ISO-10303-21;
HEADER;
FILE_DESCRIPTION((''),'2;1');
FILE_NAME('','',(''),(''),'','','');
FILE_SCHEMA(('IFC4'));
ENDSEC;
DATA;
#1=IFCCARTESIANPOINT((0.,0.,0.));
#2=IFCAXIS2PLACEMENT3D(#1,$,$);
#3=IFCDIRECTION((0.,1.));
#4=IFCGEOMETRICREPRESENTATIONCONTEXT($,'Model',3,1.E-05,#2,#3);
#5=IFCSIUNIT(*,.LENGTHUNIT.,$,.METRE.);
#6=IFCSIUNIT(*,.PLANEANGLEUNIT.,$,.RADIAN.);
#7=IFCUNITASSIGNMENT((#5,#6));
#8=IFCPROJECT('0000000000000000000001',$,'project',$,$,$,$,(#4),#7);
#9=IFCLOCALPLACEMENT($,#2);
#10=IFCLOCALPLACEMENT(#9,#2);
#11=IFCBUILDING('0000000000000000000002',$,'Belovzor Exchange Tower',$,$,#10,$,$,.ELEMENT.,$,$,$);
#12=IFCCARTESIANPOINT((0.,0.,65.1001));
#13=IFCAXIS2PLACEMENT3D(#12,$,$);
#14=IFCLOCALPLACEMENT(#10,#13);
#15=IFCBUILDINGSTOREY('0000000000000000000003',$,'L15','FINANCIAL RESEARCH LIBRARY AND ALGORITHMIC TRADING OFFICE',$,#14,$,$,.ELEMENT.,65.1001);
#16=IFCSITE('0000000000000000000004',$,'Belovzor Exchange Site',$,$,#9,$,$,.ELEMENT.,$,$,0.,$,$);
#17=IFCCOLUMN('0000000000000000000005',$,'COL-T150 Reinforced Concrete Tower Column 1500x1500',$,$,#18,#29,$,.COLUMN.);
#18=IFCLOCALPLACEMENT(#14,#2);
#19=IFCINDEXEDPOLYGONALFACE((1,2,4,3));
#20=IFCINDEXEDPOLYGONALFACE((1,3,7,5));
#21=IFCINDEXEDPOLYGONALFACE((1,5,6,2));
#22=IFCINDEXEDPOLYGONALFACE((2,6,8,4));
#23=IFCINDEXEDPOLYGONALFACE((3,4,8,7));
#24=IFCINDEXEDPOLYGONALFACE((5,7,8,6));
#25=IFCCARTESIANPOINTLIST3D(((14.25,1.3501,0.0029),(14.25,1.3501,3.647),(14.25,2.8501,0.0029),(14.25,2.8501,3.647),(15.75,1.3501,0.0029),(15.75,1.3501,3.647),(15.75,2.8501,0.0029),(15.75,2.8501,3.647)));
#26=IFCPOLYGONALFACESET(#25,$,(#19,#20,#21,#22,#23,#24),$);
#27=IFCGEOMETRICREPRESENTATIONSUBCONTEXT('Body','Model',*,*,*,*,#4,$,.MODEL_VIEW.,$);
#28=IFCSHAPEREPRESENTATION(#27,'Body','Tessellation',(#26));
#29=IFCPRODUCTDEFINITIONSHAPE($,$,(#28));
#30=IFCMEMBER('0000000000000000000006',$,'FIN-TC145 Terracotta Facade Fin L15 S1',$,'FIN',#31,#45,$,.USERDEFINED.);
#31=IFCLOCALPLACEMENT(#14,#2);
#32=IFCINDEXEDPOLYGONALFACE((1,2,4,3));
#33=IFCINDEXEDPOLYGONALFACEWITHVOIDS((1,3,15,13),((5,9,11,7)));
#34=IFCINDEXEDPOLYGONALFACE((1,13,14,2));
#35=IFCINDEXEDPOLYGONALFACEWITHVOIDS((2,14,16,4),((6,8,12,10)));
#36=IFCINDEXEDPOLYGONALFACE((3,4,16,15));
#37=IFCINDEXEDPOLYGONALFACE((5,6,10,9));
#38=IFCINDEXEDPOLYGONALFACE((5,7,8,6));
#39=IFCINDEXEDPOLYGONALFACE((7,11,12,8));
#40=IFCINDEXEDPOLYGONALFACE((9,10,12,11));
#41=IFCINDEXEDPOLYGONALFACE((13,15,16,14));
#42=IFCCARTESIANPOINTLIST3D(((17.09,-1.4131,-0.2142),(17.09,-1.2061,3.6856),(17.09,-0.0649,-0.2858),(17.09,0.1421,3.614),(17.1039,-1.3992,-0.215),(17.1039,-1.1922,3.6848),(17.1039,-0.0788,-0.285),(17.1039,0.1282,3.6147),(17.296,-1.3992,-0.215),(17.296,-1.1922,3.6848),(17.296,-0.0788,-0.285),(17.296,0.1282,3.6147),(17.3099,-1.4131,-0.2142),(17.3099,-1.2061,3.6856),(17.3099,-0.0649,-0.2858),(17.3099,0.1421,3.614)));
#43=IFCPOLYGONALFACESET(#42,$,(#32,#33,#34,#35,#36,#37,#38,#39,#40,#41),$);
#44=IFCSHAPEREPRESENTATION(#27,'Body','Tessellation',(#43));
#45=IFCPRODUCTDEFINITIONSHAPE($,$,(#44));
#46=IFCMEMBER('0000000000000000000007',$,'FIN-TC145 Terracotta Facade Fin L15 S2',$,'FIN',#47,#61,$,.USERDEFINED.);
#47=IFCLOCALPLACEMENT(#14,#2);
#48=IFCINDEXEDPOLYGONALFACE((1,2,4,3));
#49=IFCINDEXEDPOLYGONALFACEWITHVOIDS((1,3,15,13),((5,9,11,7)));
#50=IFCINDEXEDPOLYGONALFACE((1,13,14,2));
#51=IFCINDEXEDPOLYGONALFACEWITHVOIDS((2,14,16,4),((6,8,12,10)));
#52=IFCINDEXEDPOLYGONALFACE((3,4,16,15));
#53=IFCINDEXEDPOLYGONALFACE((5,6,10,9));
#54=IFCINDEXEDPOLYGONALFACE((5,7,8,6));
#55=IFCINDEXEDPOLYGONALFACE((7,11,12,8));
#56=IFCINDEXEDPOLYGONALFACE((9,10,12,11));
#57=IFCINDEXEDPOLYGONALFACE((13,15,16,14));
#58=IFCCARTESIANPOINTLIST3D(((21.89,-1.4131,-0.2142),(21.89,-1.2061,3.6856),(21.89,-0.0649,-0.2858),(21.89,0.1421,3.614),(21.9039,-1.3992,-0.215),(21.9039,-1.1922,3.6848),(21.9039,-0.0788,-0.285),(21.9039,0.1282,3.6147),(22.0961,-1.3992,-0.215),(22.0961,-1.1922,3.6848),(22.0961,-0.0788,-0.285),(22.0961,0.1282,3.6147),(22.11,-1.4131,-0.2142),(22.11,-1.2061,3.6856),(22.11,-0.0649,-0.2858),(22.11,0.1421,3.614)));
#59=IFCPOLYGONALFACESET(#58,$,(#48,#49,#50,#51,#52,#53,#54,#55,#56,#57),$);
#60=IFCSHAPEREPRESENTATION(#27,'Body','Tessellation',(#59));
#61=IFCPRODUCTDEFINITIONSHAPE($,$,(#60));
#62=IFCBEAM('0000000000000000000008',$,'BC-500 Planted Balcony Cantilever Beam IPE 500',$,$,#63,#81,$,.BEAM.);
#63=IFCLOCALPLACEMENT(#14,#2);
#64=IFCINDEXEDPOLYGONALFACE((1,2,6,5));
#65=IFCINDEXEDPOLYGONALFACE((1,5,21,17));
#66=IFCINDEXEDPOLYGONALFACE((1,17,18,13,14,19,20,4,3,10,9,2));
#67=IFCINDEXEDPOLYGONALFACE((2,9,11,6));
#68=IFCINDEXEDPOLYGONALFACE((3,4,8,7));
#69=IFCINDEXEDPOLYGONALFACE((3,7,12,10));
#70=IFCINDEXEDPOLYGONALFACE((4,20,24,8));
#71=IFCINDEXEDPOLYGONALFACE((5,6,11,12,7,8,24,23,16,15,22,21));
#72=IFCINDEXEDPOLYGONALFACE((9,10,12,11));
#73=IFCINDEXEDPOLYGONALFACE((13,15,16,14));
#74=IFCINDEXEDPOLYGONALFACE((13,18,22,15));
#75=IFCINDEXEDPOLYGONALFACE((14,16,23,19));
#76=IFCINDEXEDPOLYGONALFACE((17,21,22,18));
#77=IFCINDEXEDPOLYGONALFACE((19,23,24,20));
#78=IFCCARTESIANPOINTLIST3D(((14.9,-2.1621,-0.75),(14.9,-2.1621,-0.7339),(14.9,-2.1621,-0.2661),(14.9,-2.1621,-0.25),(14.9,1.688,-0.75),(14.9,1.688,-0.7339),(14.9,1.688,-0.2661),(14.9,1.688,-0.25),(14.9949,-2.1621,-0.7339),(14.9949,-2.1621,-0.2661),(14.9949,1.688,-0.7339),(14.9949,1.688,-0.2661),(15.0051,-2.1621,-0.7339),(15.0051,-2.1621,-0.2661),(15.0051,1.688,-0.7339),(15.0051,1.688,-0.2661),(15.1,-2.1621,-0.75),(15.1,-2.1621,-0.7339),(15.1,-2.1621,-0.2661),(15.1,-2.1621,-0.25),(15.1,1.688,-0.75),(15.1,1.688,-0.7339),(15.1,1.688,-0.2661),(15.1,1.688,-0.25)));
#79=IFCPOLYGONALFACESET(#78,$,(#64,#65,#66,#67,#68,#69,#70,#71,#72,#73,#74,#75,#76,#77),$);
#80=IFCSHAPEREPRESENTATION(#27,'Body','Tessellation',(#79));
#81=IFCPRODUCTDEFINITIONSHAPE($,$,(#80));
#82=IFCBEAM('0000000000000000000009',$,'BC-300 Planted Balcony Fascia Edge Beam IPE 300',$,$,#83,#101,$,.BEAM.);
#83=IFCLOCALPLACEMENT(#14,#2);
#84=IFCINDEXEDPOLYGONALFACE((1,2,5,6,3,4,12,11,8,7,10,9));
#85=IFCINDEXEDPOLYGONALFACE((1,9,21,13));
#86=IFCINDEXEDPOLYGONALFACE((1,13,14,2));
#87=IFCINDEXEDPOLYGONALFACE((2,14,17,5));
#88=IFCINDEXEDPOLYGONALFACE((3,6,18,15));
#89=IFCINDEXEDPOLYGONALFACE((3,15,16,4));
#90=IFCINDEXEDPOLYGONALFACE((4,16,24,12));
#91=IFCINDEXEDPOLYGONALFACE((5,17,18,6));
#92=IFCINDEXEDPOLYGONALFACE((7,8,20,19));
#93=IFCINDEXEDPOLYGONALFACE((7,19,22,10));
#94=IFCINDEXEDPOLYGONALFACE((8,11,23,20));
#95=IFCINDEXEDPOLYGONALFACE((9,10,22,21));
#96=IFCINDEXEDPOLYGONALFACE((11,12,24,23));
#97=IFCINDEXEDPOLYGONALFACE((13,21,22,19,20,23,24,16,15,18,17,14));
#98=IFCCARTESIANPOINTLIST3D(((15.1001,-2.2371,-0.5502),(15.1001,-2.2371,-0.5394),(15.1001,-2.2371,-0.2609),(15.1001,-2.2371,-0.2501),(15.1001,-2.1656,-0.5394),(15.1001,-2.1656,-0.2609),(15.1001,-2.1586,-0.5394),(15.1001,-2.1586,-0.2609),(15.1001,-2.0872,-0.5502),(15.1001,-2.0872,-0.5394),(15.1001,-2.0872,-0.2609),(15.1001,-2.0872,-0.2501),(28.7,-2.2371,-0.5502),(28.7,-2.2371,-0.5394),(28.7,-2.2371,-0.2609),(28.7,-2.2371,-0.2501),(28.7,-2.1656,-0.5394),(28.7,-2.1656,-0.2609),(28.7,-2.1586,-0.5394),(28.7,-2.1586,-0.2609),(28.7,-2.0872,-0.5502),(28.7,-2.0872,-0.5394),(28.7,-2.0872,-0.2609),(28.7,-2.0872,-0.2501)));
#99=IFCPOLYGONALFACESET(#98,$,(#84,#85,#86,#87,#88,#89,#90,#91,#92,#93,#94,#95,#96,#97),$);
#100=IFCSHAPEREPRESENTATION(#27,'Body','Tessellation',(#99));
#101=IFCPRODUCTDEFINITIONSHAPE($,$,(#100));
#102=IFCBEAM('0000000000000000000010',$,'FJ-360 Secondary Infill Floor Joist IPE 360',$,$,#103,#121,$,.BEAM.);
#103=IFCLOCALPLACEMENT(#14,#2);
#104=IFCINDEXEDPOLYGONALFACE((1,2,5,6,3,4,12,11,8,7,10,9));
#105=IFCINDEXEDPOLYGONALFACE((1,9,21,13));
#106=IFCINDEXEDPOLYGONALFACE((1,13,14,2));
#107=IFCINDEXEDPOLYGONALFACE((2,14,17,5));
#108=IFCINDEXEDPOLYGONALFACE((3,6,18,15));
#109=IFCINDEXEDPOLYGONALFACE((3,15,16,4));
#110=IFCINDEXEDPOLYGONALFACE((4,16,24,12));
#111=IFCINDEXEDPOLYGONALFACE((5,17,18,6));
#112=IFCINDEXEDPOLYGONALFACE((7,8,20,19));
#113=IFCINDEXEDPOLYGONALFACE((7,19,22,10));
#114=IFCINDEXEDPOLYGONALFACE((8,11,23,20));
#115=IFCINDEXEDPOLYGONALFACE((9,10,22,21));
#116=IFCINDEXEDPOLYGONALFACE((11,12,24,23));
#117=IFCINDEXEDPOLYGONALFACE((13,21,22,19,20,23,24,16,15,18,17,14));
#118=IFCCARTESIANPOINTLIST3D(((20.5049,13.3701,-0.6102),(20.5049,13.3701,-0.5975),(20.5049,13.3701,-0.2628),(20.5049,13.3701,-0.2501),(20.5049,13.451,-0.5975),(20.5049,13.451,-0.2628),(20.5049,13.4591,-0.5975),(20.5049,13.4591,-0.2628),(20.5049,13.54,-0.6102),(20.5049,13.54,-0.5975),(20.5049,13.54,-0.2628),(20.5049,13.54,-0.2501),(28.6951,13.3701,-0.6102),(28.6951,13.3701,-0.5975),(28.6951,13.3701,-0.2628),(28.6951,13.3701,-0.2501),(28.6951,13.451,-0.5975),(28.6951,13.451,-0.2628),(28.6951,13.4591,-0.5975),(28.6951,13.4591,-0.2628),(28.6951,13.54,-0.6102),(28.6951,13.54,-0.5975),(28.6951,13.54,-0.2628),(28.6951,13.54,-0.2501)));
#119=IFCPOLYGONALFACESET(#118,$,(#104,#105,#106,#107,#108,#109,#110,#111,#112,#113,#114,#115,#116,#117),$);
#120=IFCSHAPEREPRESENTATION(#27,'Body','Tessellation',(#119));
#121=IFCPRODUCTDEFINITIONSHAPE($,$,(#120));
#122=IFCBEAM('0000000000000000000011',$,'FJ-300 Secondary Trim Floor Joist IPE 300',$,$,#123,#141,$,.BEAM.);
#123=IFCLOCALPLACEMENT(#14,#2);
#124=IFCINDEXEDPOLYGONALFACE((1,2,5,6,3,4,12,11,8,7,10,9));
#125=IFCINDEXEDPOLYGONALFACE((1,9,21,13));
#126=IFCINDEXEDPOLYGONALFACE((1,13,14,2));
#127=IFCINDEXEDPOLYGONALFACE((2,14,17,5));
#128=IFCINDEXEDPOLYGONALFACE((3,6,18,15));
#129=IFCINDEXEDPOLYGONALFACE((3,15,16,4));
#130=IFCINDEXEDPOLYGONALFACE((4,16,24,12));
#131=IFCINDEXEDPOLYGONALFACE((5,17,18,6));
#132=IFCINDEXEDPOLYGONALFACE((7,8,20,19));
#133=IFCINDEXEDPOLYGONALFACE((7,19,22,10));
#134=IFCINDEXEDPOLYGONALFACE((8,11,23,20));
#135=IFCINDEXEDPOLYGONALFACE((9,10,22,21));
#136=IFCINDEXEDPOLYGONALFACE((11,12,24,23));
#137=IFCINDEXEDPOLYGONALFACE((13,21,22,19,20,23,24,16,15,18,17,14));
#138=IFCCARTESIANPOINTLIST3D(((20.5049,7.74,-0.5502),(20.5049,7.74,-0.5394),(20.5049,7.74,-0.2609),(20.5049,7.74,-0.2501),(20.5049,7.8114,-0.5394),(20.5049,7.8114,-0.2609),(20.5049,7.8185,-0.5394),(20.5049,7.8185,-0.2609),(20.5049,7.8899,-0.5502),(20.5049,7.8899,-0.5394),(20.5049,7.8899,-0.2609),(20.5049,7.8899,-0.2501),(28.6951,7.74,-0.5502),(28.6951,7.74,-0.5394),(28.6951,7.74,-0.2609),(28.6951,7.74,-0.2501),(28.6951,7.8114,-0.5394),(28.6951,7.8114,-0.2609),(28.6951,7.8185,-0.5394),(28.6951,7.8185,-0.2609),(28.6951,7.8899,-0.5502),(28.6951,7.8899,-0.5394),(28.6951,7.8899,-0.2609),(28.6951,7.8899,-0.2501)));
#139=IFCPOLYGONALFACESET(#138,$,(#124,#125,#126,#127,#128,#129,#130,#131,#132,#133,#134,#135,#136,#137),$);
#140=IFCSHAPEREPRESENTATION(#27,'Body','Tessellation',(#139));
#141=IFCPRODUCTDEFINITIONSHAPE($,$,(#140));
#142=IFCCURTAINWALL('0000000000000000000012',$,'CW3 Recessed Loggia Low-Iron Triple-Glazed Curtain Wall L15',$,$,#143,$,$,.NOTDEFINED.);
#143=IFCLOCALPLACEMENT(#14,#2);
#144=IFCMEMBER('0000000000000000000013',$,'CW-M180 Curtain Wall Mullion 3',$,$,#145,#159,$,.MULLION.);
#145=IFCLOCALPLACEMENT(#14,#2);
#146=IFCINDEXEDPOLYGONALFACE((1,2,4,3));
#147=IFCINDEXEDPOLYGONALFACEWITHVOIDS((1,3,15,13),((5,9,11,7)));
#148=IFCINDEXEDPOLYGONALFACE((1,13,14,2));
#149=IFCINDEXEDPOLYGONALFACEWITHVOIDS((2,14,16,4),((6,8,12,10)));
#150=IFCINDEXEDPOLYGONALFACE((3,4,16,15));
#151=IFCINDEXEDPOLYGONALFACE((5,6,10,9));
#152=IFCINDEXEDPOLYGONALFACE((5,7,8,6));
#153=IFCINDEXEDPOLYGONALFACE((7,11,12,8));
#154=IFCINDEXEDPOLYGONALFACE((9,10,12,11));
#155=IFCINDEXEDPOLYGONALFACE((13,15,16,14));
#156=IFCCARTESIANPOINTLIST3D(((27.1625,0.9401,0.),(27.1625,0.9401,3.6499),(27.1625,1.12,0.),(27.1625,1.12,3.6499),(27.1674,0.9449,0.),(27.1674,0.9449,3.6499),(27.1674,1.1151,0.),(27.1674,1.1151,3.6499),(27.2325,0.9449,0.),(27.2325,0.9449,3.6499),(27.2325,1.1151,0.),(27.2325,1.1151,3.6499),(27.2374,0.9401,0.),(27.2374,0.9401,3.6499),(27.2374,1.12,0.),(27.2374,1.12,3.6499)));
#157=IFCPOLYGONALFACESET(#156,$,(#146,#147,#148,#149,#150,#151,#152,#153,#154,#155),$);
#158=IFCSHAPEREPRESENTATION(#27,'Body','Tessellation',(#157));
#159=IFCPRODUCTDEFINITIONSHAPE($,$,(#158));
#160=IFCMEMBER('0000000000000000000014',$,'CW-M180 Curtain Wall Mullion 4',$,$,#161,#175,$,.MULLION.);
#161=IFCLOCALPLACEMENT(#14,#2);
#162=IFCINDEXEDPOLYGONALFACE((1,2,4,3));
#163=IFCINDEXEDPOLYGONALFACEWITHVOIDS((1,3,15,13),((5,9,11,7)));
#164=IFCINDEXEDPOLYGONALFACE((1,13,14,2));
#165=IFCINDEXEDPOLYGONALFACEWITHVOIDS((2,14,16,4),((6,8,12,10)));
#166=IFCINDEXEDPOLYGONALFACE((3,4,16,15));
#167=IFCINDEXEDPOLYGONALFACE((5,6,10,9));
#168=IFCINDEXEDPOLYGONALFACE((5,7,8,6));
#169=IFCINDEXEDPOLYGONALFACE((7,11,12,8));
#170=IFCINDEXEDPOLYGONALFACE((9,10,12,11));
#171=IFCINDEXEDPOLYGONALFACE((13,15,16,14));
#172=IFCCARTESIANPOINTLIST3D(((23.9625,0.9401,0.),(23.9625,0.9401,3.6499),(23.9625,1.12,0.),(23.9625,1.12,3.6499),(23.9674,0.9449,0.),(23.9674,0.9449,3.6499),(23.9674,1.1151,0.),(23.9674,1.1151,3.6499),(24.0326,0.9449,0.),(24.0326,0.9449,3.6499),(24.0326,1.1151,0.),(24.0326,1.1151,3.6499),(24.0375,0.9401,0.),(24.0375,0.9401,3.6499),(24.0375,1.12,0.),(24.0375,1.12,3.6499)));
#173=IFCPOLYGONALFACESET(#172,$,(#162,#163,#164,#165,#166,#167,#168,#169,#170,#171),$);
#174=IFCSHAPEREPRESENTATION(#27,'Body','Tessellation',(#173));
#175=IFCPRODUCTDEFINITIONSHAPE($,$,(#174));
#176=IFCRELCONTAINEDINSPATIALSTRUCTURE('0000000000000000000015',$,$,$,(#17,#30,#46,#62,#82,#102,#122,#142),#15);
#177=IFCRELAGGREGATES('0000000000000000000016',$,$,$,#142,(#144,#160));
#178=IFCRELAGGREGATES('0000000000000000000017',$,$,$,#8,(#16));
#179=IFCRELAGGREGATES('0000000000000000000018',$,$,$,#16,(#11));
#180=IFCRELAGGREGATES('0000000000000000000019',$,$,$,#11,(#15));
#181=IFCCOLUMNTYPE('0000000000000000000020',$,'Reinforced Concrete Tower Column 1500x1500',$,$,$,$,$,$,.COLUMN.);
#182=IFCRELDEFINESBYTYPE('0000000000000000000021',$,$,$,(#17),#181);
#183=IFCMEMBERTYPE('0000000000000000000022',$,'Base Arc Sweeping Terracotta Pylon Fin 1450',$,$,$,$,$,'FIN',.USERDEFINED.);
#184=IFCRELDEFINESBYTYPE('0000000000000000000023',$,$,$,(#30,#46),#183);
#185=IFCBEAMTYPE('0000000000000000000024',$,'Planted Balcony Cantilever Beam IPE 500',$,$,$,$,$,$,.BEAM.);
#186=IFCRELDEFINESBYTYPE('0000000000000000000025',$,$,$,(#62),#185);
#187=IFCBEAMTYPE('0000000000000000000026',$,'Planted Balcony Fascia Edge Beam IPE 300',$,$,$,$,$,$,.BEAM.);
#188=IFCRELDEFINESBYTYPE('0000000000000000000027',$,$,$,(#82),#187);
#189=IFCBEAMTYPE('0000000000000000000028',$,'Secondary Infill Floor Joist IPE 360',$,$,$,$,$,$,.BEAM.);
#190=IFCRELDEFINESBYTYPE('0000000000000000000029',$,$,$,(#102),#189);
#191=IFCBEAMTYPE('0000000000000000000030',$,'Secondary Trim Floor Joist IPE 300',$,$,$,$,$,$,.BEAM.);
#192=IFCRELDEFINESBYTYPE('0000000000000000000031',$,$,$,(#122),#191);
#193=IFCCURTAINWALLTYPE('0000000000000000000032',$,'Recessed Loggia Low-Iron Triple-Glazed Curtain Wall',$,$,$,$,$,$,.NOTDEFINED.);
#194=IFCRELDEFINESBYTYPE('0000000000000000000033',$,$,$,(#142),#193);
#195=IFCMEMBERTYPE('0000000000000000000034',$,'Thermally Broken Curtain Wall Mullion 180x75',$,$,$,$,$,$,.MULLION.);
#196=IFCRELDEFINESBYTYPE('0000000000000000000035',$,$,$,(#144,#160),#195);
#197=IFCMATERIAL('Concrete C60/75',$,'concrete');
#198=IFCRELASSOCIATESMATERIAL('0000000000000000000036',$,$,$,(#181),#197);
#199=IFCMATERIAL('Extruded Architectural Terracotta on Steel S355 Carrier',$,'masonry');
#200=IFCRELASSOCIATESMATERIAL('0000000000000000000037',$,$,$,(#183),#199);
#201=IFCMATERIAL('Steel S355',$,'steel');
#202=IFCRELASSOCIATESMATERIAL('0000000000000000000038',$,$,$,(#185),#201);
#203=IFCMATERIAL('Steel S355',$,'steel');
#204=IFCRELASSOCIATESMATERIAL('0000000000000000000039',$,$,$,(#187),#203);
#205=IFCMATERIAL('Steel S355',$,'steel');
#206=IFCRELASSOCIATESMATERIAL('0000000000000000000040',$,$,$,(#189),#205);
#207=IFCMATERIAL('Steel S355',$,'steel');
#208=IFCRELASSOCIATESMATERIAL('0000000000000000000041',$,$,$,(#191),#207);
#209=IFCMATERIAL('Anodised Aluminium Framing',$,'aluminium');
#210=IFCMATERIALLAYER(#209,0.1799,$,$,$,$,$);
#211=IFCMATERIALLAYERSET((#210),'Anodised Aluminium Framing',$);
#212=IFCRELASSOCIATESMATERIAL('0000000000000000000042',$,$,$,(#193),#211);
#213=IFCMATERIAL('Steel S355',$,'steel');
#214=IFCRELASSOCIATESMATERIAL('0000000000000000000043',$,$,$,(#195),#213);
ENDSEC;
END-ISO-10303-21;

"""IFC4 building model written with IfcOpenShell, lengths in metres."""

from ifc_helpers import new_model, si_unit, direction, frame, origin, origin_2d, place, context, subcontext, project, spatial, rectangle, hollow_rectangle, i_section, extrude, material, layer, layer_set, material_profile, profile_set, type_object, element, aggregate, save


model = new_model("IFC4")

# Units and contexts
model_context = context("Model", 3, precision=1e-05, world=origin(), true_north=direction((0.0, 1.0)))
body_context = subcontext(model_context, "Body", "Model", "MODEL_VIEW")
ifc_project = project(units=[si_unit("LENGTHUNIT", "METRE"), si_unit("PLANEANGLEUNIT", "RADIAN")], contexts=[model_context])

# Site, building, storey
site_placement = place(None, origin())
site = spatial("IfcSite", under=ifc_project, at=site_placement, Name="Belovzor Exchange Site", CompositionType="ELEMENT", RefElevation=0.0)
building_placement = place(site_placement, origin())
building = spatial("IfcBuilding", under=site, at=building_placement, Name="Belovzor Exchange Tower", CompositionType="ELEMENT")
storey_placement = place(building_placement, frame((0.0, 0.0, 65.1001)))
storey = spatial("IfcBuildingStorey", under=building, at=storey_placement, Name="L15", Description="FINANCIAL RESEARCH LIBRARY AND ALGORITHMIC TRADING OFFICE", CompositionType="ELEMENT", Elevation=65.1001)

# Column
ifc_material_1 = material(Name="Concrete C60/75", Category="concrete")
ifc_material_profile_1 = material_profile(ifc_material_1, rectangle(XDim=1.5, YDim=1.5, at=origin_2d()))
ifc_profile_set_1 = profile_set([ifc_material_profile_1], Name="Concrete C60/75")
column_type = type_object("IfcColumnType", Name="Reinforced Concrete Tower Column 1500x1500", PredefinedType="COLUMN", material=ifc_profile_set_1)
column_placement = place(storey_placement, frame((15.0, 2.1001, 0.0029), z_axis=(0.0, 0.0, 1.0), x_axis=(1.0, 0.0, 0.0)))
element("IfcColumn", 1, at=column_placement, inside=storey, type_object=column_type, Name="COL-T150 Reinforced Concrete Tower Column 1500x1500", PredefinedType="COLUMN", context=body_context, shape_type="SweptSolid", body=[
    extrude(rectangle(XDim=1.5, YDim=1.5, at=origin_2d()), origin(), (0.0, 0.0, 1.0), 3.644),
])

# Members
ifc_material_2 = material(Name="Extruded Architectural Terracotta on Steel S355 Carrier", Category="masonry")
ifc_material_profile_2 = material_profile(ifc_material_2, hollow_rectangle(XDim=0.22, YDim=1.3501, WallThickness=0.0139, at=origin_2d()))
ifc_profile_set_2 = profile_set([ifc_material_profile_2], Name="Extruded Architectural Terracotta on Steel S355 Carrier")
member_type_1 = type_object("IfcMemberType", Name="Base Arc Sweeping Terracotta Pylon Fin 1450", ElementType="FIN", PredefinedType="USERDEFINED", material=ifc_profile_set_2)
for number, where, z_axis, x_axis, name in (
    (2, (17.2, -0.739, -0.25), (0.0, 0.053012, 0.998594), (-1.0, 0.0, 0.0), "FIN-TC145 Terracotta Facade Fin L15 S1"),
    (3, (22.0, -0.739, -0.25), (0.0, 0.053012, 0.998594), (-1.0, 0.0, 0.0), "FIN-TC145 Terracotta Facade Fin L15 S2"),
):
    element("IfcMember", number, at=place(storey_placement, frame(where, z_axis=z_axis, x_axis=x_axis)), inside=storey, type_object=member_type_1, Name=name, ObjectType="FIN", PredefinedType="USERDEFINED", context=body_context, shape_type="SweptSolid", body=[
        extrude(hollow_rectangle(XDim=0.22, YDim=1.3501, WallThickness=0.0139, at=origin_2d()), origin(), (0.0, 0.0, 1.0), 3.9053),
    ])

# Beams
ifc_material_3 = material(Name="Steel S355", Category="steel")
ifc_material_profile_3 = material_profile(ifc_material_3, i_section(OverallWidth=0.2, OverallDepth=0.5, WebThickness=0.0103, FlangeThickness=0.0161, at=origin_2d()))
ifc_profile_set_3 = profile_set([ifc_material_profile_3], Name="Steel S355")
beam_type_1 = type_object("IfcBeamType", Name="Planted Balcony Cantilever Beam IPE 500", PredefinedType="BEAM", material=ifc_profile_set_3)
beam_1_placement = place(storey_placement, frame((15.0, 1.688, -0.5), z_axis=(0.0, -1.0, 0.0), x_axis=(1.0, 0.0, 0.0)))
element("IfcBeam", 4, at=beam_1_placement, inside=storey, type_object=beam_type_1, Name="BC-500 Planted Balcony Cantilever Beam IPE 500", PredefinedType="BEAM", context=body_context, shape_type="SweptSolid", body=[
    extrude(i_section(OverallWidth=0.2, OverallDepth=0.5, WebThickness=0.0103, FlangeThickness=0.0161, at=origin_2d()), origin(), (0.0, 0.0, 1.0), 3.8501),
])
ifc_material_4 = material(Name="Steel S355", Category="steel")
ifc_material_profile_4 = material_profile(ifc_material_4, i_section(OverallWidth=0.1499, OverallDepth=0.3, WebThickness=0.0071, FlangeThickness=0.0107, at=origin_2d()))
ifc_profile_set_4 = profile_set([ifc_material_profile_4], Name="Steel S355")
beam_type_2 = type_object("IfcBeamType", Name="Planted Balcony Fascia Edge Beam IPE 300", PredefinedType="BEAM", material=ifc_profile_set_4)
beam_2_placement = place(storey_placement, frame((15.1001, -2.1621, -0.4001), z_axis=(1.0, 0.0, 0.0), x_axis=(0.0, 1.0, 0.0)))
element("IfcBeam", 5, at=beam_2_placement, inside=storey, type_object=beam_type_2, Name="BC-300 Planted Balcony Fascia Edge Beam IPE 300", PredefinedType="BEAM", context=body_context, shape_type="SweptSolid", body=[
    extrude(i_section(OverallWidth=0.1499, OverallDepth=0.3, WebThickness=0.0071, FlangeThickness=0.0107, at=origin_2d()), origin(), (0.0, 0.0, 1.0), 13.5999),
])
ifc_material_5 = material(Name="Steel S355", Category="steel")
ifc_material_profile_5 = material_profile(ifc_material_5, i_section(OverallWidth=0.1699, OverallDepth=0.3601, WebThickness=0.0081, FlangeThickness=0.0127, at=origin_2d()))
ifc_profile_set_5 = profile_set([ifc_material_profile_5], Name="Steel S355")
beam_type_3 = type_object("IfcBeamType", Name="Secondary Infill Floor Joist IPE 360", PredefinedType="BEAM", material=ifc_profile_set_5)
beam_3_placement = place(storey_placement, frame((20.5049, 13.4551, -0.4302), z_axis=(1.0, 0.0, 0.0), x_axis=(0.0, 1.0, 0.0)))
element("IfcBeam", 6, at=beam_3_placement, inside=storey, type_object=beam_type_3, Name="FJ-360 Secondary Infill Floor Joist IPE 360", PredefinedType="BEAM", context=body_context, shape_type="SweptSolid", body=[
    extrude(i_section(OverallWidth=0.1699, OverallDepth=0.3601, WebThickness=0.0081, FlangeThickness=0.0127, at=origin_2d()), origin(), (0.0, 0.0, 1.0), 8.1902),
])
ifc_material_6 = material(Name="Steel S355", Category="steel")
ifc_material_profile_6 = material_profile(ifc_material_6, i_section(OverallWidth=0.1499, OverallDepth=0.3, WebThickness=0.0071, FlangeThickness=0.0107, at=origin_2d()))
ifc_profile_set_6 = profile_set([ifc_material_profile_6], Name="Steel S355")
beam_type_4 = type_object("IfcBeamType", Name="Secondary Trim Floor Joist IPE 300", PredefinedType="BEAM", material=ifc_profile_set_6)
beam_4_placement = place(storey_placement, frame((20.5049, 7.8149, -0.4001), z_axis=(1.0, 0.0, 0.0), x_axis=(0.0, 1.0, 0.0)))
element("IfcBeam", 7, at=beam_4_placement, inside=storey, type_object=beam_type_4, Name="FJ-300 Secondary Trim Floor Joist IPE 300", PredefinedType="BEAM", context=body_context, shape_type="SweptSolid", body=[
    extrude(i_section(OverallWidth=0.1499, OverallDepth=0.3, WebThickness=0.0071, FlangeThickness=0.0107, at=origin_2d()), origin(), (0.0, 0.0, 1.0), 8.1902),
])

# Curtain wall, members
ifc_material_7 = material(Name="Anodised Aluminium Framing", Category="aluminium")
ifc_layer_1 = layer(ifc_material_7, 0.1799)
ifc_layer_set_1 = layer_set([ifc_layer_1], Name="Anodised Aluminium Framing")
curtain_wall_type = type_object("IfcCurtainWallType", Name="Recessed Loggia Low-Iron Triple-Glazed Curtain Wall", PredefinedType="NOTDEFINED", material=ifc_layer_set_1)
curtain_wall_placement = place(storey_placement, origin())
curtain_wall = element("IfcCurtainWall", 8, at=curtain_wall_placement, inside=storey, type_object=curtain_wall_type, Name="CW3 Recessed Loggia Low-Iron Triple-Glazed Curtain Wall L15", PredefinedType="NOTDEFINED")
ifc_material_8 = material(Name="Steel S355", Category="steel")
ifc_material_profile_7 = material_profile(ifc_material_8, hollow_rectangle(XDim=0.075, YDim=0.1799, WallThickness=0.0049, at=origin_2d()))
ifc_profile_set_7 = profile_set([ifc_material_profile_7], Name="Steel S355")
member_type_2 = type_object("IfcMemberType", Name="Thermally Broken Curtain Wall Mullion 180x75", PredefinedType="MULLION", material=ifc_profile_set_7)
member_1_placement = place(storey_placement, frame((27.2, 1.03, 0.0), z_axis=(0.0, 0.0, 1.0), x_axis=(-1.0, 0.0, 0.0)))
member_1 = element("IfcMember", 9, at=member_1_placement, type_object=member_type_2, Name="CW-M180 Curtain Wall Mullion 3", PredefinedType="MULLION", context=body_context, shape_type="SweptSolid", body=[
    extrude(hollow_rectangle(XDim=0.075, YDim=0.1799, WallThickness=0.0049, at=origin_2d()), origin(), (0.0, 0.0, 1.0), 3.6499),
])
member_2_placement = place(storey_placement, frame((24.0, 1.03, 0.0), z_axis=(0.0, 0.0, 1.0), x_axis=(-1.0, 0.0, 0.0)))
member_2 = element("IfcMember", 10, at=member_2_placement, type_object=member_type_2, Name="CW-M180 Curtain Wall Mullion 4", PredefinedType="MULLION", context=body_context, shape_type="SweptSolid", body=[
    extrude(hollow_rectangle(XDim=0.075, YDim=0.1799, WallThickness=0.0049, at=origin_2d()), origin(), (0.0, 0.0, 1.0), 3.6499),
])

aggregate(curtain_wall, [member_1, member_2])

save(model, "model.ifc")
